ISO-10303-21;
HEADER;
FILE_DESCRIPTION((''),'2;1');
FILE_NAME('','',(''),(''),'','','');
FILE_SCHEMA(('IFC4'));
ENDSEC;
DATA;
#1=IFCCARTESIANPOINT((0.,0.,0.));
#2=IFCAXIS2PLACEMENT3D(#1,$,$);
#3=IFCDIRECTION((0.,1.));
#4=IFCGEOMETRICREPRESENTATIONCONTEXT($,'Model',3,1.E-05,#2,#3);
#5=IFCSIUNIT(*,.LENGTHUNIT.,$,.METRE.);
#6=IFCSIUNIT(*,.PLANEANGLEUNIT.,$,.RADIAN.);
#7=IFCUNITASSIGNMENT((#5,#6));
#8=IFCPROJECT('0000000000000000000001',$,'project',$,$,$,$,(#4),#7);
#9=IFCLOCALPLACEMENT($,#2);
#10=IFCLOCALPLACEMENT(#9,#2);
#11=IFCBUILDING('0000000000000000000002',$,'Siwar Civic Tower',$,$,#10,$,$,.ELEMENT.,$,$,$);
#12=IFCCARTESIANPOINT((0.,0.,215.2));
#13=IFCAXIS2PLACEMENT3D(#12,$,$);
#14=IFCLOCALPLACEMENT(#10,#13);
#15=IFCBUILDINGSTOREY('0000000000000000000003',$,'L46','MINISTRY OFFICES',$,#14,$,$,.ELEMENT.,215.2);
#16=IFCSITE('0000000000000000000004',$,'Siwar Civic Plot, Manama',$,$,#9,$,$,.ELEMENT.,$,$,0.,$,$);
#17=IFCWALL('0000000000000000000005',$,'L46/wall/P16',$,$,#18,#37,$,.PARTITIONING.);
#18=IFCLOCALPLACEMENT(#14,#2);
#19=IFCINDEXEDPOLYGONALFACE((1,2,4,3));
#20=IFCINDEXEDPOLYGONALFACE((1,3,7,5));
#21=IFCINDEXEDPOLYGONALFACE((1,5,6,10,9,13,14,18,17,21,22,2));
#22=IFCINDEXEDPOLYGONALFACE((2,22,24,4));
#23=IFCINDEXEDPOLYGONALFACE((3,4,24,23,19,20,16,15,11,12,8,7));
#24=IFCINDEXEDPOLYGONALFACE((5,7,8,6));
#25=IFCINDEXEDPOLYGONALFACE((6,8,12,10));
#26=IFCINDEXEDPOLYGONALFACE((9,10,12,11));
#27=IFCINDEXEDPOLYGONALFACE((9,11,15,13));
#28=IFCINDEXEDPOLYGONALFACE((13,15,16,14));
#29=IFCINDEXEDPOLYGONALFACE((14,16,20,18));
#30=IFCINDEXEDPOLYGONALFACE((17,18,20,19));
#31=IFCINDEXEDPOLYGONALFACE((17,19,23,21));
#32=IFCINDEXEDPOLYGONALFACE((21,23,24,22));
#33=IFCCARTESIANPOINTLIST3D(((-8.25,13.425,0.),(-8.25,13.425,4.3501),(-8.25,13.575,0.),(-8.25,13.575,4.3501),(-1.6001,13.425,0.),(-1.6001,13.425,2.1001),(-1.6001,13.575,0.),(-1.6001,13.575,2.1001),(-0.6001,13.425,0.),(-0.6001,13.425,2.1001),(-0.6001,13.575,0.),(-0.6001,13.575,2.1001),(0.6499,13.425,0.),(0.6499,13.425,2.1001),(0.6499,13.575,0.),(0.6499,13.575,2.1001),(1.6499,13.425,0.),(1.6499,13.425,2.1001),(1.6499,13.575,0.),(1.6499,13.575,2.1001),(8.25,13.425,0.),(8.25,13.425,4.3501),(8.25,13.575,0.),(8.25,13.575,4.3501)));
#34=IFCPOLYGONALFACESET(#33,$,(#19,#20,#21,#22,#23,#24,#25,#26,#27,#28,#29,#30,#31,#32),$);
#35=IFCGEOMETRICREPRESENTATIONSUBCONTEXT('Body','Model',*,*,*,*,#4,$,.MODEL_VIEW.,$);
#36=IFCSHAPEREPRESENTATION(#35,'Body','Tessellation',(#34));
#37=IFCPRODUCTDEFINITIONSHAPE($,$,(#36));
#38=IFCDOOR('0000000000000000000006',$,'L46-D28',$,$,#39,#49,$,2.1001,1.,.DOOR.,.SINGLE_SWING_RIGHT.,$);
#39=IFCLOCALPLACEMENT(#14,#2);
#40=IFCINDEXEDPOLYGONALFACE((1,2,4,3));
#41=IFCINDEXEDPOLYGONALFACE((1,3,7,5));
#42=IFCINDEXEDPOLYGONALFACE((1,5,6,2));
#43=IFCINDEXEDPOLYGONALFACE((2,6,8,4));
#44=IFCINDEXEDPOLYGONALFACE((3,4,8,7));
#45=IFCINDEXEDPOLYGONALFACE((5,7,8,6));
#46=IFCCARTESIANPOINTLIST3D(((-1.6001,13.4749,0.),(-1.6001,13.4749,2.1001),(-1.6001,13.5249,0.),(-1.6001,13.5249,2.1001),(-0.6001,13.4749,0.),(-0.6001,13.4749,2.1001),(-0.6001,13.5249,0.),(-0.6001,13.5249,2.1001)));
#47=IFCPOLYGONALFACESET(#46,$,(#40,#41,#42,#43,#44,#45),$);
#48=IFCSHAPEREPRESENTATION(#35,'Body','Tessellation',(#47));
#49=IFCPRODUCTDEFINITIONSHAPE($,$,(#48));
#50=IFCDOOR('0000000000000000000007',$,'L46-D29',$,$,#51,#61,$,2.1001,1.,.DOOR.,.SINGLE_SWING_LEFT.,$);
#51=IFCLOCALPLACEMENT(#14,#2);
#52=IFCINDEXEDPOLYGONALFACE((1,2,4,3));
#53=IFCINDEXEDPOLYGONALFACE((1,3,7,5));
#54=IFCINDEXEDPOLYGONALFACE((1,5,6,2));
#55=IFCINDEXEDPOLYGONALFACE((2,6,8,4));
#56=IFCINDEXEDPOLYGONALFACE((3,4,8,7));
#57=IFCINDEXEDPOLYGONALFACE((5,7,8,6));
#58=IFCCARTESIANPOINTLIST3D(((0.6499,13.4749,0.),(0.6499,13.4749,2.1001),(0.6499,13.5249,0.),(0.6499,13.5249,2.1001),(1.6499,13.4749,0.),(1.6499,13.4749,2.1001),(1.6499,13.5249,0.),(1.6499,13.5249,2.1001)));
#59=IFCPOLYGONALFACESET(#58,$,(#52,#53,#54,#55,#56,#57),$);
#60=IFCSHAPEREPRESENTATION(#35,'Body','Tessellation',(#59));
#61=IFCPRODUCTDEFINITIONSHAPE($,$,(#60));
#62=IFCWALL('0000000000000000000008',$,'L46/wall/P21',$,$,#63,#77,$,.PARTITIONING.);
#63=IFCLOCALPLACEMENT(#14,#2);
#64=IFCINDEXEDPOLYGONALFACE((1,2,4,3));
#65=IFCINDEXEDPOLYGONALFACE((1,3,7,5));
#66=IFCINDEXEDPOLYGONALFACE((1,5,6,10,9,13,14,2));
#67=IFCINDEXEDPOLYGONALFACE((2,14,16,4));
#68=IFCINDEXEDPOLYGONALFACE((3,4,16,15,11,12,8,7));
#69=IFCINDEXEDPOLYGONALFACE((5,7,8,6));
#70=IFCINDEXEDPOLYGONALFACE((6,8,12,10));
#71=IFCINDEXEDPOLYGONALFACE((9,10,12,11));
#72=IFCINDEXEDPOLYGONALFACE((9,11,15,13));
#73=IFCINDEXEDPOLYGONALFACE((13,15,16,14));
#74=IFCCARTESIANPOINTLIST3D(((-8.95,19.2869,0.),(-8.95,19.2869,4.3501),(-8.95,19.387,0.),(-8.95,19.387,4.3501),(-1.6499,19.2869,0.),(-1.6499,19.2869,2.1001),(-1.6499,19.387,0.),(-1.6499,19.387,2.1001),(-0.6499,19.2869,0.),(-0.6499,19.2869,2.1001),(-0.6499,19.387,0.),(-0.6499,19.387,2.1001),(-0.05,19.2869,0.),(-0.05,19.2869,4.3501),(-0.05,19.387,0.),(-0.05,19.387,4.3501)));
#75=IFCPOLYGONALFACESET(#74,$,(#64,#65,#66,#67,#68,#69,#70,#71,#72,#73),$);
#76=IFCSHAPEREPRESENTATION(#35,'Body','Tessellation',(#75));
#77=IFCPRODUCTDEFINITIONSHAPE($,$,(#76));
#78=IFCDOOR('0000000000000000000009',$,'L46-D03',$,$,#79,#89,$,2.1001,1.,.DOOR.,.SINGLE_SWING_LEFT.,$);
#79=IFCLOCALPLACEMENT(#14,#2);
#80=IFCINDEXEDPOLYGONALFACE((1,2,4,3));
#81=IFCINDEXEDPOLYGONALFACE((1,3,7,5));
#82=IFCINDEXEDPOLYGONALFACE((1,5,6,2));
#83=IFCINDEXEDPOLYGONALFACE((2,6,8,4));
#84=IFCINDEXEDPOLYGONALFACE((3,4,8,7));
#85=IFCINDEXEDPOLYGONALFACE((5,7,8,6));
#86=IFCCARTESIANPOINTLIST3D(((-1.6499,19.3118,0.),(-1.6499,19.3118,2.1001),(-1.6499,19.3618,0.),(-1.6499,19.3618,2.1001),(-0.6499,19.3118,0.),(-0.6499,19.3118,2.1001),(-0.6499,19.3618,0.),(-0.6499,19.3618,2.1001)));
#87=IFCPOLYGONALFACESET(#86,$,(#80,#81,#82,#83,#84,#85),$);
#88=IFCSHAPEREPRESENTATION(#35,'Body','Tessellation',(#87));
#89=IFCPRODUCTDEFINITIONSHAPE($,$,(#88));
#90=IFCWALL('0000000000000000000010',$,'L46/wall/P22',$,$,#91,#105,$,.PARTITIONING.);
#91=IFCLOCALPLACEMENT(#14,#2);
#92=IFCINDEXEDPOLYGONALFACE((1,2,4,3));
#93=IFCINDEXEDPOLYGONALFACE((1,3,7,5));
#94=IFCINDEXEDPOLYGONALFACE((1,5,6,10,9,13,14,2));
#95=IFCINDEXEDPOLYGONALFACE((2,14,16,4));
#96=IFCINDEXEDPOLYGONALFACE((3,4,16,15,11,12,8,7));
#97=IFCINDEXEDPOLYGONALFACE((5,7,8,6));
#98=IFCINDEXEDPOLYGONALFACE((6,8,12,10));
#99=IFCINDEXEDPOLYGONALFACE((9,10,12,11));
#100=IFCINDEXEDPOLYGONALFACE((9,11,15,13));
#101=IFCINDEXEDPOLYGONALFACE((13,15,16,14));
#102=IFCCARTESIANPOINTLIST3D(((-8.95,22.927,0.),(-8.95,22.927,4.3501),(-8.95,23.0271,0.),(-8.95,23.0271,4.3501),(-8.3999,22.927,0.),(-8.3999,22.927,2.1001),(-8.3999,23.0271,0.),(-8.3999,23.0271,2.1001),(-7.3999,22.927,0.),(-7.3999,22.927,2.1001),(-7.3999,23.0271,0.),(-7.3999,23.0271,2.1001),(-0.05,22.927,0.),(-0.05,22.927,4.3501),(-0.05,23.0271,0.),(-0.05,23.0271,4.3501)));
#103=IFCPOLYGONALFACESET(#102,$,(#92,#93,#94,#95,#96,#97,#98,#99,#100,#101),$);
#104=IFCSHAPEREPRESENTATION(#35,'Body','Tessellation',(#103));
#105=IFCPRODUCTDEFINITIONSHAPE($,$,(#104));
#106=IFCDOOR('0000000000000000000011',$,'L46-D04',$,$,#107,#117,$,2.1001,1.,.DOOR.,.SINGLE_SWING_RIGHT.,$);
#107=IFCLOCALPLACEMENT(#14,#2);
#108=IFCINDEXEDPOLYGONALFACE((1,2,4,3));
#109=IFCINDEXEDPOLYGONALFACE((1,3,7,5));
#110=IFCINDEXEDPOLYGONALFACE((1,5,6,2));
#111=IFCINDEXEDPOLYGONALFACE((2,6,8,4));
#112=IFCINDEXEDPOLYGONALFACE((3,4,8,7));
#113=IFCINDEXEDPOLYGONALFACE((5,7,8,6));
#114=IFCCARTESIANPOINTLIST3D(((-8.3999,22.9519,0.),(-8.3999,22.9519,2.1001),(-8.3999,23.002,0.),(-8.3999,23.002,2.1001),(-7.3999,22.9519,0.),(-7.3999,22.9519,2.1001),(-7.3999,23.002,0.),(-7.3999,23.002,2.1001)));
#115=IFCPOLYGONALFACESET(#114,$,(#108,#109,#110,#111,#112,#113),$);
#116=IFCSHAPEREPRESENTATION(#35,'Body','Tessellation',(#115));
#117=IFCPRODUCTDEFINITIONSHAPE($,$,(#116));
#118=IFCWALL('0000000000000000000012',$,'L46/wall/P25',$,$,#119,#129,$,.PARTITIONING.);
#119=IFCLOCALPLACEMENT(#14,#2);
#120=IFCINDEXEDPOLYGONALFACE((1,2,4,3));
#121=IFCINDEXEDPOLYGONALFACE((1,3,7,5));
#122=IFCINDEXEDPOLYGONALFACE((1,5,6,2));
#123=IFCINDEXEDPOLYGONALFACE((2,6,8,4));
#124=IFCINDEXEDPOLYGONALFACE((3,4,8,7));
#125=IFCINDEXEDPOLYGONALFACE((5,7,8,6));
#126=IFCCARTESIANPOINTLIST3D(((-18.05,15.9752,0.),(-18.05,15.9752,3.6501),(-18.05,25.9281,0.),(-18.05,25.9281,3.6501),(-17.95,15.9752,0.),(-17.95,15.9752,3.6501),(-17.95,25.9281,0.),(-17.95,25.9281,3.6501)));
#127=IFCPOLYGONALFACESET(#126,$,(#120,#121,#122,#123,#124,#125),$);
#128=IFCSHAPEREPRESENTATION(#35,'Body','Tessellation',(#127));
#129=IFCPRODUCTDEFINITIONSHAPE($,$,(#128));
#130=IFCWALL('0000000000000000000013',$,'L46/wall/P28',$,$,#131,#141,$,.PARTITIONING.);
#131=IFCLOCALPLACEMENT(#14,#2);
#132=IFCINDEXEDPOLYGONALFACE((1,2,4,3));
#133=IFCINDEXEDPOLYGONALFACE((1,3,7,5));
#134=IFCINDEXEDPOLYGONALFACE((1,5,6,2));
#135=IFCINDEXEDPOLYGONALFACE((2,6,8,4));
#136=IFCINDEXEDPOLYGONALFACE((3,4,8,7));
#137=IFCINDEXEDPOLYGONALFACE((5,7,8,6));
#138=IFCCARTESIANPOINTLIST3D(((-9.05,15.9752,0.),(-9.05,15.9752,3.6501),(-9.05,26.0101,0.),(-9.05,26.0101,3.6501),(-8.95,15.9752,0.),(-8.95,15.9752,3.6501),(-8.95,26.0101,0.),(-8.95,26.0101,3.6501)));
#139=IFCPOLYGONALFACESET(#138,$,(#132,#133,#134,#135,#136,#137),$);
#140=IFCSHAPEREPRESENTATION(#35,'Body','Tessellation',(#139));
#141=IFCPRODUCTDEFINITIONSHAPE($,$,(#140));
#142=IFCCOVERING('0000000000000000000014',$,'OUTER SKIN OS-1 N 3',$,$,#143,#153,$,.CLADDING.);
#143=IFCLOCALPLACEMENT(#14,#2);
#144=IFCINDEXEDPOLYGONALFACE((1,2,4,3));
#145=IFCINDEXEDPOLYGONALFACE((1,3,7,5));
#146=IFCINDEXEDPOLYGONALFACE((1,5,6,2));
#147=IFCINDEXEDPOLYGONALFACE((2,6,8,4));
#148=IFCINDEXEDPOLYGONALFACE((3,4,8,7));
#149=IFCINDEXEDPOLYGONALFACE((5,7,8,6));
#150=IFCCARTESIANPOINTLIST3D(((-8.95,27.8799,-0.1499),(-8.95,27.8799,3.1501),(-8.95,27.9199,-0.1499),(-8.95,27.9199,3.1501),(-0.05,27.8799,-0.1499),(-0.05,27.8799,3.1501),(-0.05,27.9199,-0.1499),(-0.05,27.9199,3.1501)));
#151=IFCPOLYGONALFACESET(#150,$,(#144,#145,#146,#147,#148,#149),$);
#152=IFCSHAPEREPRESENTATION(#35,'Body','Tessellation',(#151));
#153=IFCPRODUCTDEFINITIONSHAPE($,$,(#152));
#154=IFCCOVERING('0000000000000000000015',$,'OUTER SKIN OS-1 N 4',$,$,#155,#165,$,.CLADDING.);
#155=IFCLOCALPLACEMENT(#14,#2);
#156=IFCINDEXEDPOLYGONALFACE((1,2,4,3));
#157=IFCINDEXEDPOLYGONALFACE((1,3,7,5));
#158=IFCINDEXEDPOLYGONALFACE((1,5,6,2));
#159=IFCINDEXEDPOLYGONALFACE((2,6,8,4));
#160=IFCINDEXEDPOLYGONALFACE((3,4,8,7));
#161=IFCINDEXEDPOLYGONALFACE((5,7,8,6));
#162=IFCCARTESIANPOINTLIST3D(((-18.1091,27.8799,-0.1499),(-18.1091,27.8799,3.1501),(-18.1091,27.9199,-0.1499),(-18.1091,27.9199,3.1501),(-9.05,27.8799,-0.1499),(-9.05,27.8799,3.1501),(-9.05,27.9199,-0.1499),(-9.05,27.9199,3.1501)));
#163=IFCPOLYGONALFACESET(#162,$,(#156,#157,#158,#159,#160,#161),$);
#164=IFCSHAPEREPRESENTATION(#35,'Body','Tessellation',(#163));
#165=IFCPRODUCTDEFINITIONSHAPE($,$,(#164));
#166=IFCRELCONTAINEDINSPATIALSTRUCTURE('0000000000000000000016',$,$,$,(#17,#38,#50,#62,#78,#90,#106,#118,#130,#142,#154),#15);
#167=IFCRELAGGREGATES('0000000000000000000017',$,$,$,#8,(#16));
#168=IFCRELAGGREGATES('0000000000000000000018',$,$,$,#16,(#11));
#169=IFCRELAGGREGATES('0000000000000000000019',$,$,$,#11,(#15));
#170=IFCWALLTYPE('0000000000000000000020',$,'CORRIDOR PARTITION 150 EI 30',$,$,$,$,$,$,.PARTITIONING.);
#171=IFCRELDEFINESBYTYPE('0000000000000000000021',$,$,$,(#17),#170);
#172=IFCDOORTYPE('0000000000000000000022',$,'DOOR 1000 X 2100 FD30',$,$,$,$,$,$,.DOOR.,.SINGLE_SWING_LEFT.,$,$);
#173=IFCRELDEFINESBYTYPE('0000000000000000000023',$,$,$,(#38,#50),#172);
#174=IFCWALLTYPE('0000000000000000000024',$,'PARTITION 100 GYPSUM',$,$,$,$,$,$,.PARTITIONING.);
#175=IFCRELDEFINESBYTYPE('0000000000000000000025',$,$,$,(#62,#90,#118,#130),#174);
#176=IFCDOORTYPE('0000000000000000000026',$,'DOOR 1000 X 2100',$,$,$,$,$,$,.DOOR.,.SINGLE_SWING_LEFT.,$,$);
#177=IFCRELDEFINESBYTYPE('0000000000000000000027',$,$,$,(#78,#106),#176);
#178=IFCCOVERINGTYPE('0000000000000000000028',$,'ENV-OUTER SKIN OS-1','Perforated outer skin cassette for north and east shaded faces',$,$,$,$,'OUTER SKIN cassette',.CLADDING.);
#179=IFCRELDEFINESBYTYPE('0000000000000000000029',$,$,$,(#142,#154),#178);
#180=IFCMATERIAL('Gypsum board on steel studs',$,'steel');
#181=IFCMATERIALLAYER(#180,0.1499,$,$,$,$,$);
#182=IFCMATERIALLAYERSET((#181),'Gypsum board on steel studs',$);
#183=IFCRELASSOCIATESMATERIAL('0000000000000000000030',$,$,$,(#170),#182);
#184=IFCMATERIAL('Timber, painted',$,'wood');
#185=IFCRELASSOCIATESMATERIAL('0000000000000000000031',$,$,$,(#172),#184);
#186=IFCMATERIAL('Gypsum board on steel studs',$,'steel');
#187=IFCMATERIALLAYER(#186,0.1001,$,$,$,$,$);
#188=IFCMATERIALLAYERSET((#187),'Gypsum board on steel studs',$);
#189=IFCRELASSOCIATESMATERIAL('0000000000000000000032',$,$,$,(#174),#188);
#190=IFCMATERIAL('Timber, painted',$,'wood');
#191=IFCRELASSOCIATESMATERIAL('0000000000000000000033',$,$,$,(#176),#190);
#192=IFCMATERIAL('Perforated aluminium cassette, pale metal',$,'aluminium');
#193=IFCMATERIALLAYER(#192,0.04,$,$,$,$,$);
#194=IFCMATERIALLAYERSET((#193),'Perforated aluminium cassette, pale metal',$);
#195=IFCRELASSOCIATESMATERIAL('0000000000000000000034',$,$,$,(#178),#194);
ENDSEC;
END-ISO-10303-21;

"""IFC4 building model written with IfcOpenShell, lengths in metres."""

from ifc_helpers import new_model, si_unit, direction, frame, frame_2d, origin, origin_2d, place, context, subcontext, project, spatial, rectangle, extrude, material, layer, layer_set, type_object, element, fill, save


model = new_model("IFC4")

# Units and contexts
model_context = context("Model", 3, precision=1e-05, world=origin(), true_north=direction((0.0, 1.0)))
body_context = subcontext(model_context, "Body", "Model", "MODEL_VIEW")
ifc_project = project(units=[si_unit("LENGTHUNIT", "METRE"), si_unit("PLANEANGLEUNIT", "RADIAN")], contexts=[model_context])

# Site, building, storey
site_placement = place(None, origin())
site = spatial("IfcSite", under=ifc_project, at=site_placement, Name="Siwar Civic Plot, Manama", CompositionType="ELEMENT", RefElevation=0.0)
building_placement = place(site_placement, origin())
building = spatial("IfcBuilding", under=site, at=building_placement, Name="Siwar Civic Tower", CompositionType="ELEMENT")
storey_placement = place(building_placement, frame((0.0, 0.0, 215.2)))
storey = spatial("IfcBuildingStorey", under=building, at=storey_placement, Name="L46", Description="MINISTRY OFFICES", CompositionType="ELEMENT", Elevation=215.2)

# Wall, openings, doors
ifc_material_1 = material(Name="Gypsum board on steel studs", Category="steel")
ifc_layer_1 = layer(ifc_material_1, 0.1499)
ifc_layer_set_1 = layer_set([ifc_layer_1], Name="Gypsum board on steel studs")
wall_type_1 = type_object("IfcWallType", Name="CORRIDOR PARTITION 150 EI 30", PredefinedType="PARTITIONING", material=ifc_layer_set_1)
wall_1_placement = place(storey_placement, frame((-8.25, 13.5, 0.0), z_axis=(0.0, 0.0, 1.0), x_axis=(1.0, 0.0, 0.0)))
wall_1 = element("IfcWall", 1, at=wall_1_placement, inside=storey, type_object=wall_type_1, Name="L46/wall/P16", PredefinedType="PARTITIONING", context=body_context, shape_type="SweptSolid", body=[
    extrude(rectangle(XDim=16.5, YDim=0.1499, at=frame_2d((8.25, 0.0))), origin(), (0.0, 0.0, 1.0), 4.3501),
])
opening_1_placement = place(wall_1_placement, frame((6.6499, 0.0, 0.0)))
opening_1 = element("IfcOpeningElement", 2, at=opening_1_placement, cuts=wall_1, PredefinedType="OPENING", context=body_context, shape_type="SweptSolid", body=[
    extrude(rectangle(XDim=1.0, YDim=2.1001, at=frame_2d((0.5, 1.05))), frame((0.0, 0.085, 0.0), z_axis=(0.0, -1.0, 0.0), x_axis=(1.0, 0.0, 0.0)), (0.0, 0.0, 1.0), 0.1699),
])
opening_2_placement = place(wall_1_placement, frame((8.8999, 0.0, 0.0)))
opening_2 = element("IfcOpeningElement", 3, at=opening_2_placement, cuts=wall_1, PredefinedType="OPENING", context=body_context, shape_type="SweptSolid", body=[
    extrude(rectangle(XDim=1.0, YDim=2.1001, at=frame_2d((0.5, 1.05))), frame((0.0, 0.085, 0.0), z_axis=(0.0, -1.0, 0.0), x_axis=(1.0, 0.0, 0.0)), (0.0, 0.0, 1.0), 0.1699),
])
ifc_material_2 = material(Name="Timber, painted", Category="wood")
door_type_1 = type_object("IfcDoorType", Name="DOOR 1000 X 2100 FD30", OperationType="SINGLE_SWING_LEFT", PredefinedType="DOOR", material=ifc_material_2)
door_1_placement = place(opening_1_placement, origin())
door_1 = element("IfcDoor", 4, at=door_1_placement, inside=storey, type_object=door_type_1, Name="L46-D28", OperationType="SINGLE_SWING_RIGHT", OverallHeight=2.1001, OverallWidth=1.0, PredefinedType="DOOR", context=body_context, shape_type="SweptSolid", body=[
    extrude(rectangle(XDim=1.0, YDim=2.1001, at=frame_2d((0.5, 1.05))), frame((0.0, 0.0249, 0.0), z_axis=(0.0, -1.0, 0.0), x_axis=(1.0, 0.0, 0.0)), (0.0, 0.0, 1.0), 0.05),
])
fill(opening_1, door_1)
door_2_placement = place(opening_2_placement, origin())
door_2 = element("IfcDoor", 5, at=door_2_placement, inside=storey, type_object=door_type_1, Name="L46-D29", OperationType="SINGLE_SWING_LEFT", OverallHeight=2.1001, OverallWidth=1.0, PredefinedType="DOOR", context=body_context, shape_type="SweptSolid", body=[
    extrude(rectangle(XDim=1.0, YDim=2.1001, at=frame_2d((0.5, 1.05))), frame((0.0, 0.0249, 0.0), z_axis=(0.0, -1.0, 0.0), x_axis=(1.0, 0.0, 0.0)), (0.0, 0.0, 1.0), 0.05),
])
fill(opening_2, door_2)

# Walls, openings, doors
ifc_material_3 = material(Name="Gypsum board on steel studs", Category="steel")
ifc_layer_2 = layer(ifc_material_3, 0.1001)
ifc_layer_set_2 = layer_set([ifc_layer_2], Name="Gypsum board on steel studs")
wall_type_2 = type_object("IfcWallType", Name="PARTITION 100 GYPSUM", PredefinedType="PARTITIONING", material=ifc_layer_set_2)
wall_2_placement = place(storey_placement, frame((-8.95, 19.3369, 0.0), z_axis=(0.0, 0.0, 1.0), x_axis=(1.0, 0.0, 0.0)))
wall_2 = element("IfcWall", 6, at=wall_2_placement, inside=storey, type_object=wall_type_2, Name="L46/wall/P21", PredefinedType="PARTITIONING", context=body_context, shape_type="SweptSolid", body=[
    extrude(rectangle(XDim=8.8999, YDim=0.1001, at=frame_2d((4.45, 0.0))), origin(), (0.0, 0.0, 1.0), 4.3501),
])
opening_3_placement = place(wall_2_placement, frame((7.3, 0.0, 0.0)))
opening_3 = element("IfcOpeningElement", 7, at=opening_3_placement, cuts=wall_2, PredefinedType="OPENING", context=body_context, shape_type="SweptSolid", body=[
    extrude(rectangle(XDim=1.0, YDim=2.1001, at=frame_2d((0.5, 1.05))), frame((0.0, 0.0601, 0.0), z_axis=(0.0, -1.0, 0.0), x_axis=(1.0, 0.0, 0.0)), (0.0, 0.0, 1.0), 0.1201),
])
ifc_material_4 = material(Name="Timber, painted", Category="wood")
door_type_2 = type_object("IfcDoorType", Name="DOOR 1000 X 2100", OperationType="SINGLE_SWING_LEFT", PredefinedType="DOOR", material=ifc_material_4)
door_3_placement = place(opening_3_placement, origin())
door_3 = element("IfcDoor", 8, at=door_3_placement, inside=storey, type_object=door_type_2, Name="L46-D03", OperationType="SINGLE_SWING_LEFT", OverallHeight=2.1001, OverallWidth=1.0, PredefinedType="DOOR", context=body_context, shape_type="SweptSolid", body=[
    extrude(rectangle(XDim=1.0, YDim=2.1001, at=frame_2d((0.5, 1.05))), frame((0.0, 0.0249, 0.0), z_axis=(0.0, -1.0, 0.0), x_axis=(1.0, 0.0, 0.0)), (0.0, 0.0, 1.0), 0.05),
])
fill(opening_3, door_3)
wall_3_placement = place(storey_placement, frame((-8.95, 22.9771, 0.0), z_axis=(0.0, 0.0, 1.0), x_axis=(1.0, 0.0, 0.0)))
wall_3 = element("IfcWall", 9, at=wall_3_placement, inside=storey, type_object=wall_type_2, Name="L46/wall/P22", PredefinedType="PARTITIONING", context=body_context, shape_type="SweptSolid", body=[
    extrude(rectangle(XDim=8.8999, YDim=0.1001, at=frame_2d((4.45, 0.0))), origin(), (0.0, 0.0, 1.0), 4.3501),
])
opening_4_placement = place(wall_3_placement, frame((0.55, 0.0, 0.0)))
opening_4 = element("IfcOpeningElement", 10, at=opening_4_placement, cuts=wall_3, PredefinedType="OPENING", context=body_context, shape_type="SweptSolid", body=[
    extrude(rectangle(XDim=1.0, YDim=2.1001, at=frame_2d((0.5, 1.05))), frame((0.0, 0.0601, 0.0), z_axis=(0.0, -1.0, 0.0), x_axis=(1.0, 0.0, 0.0)), (0.0, 0.0, 1.0), 0.1201),
])
door_4_placement = place(opening_4_placement, origin())
door_4 = element("IfcDoor", 11, at=door_4_placement, inside=storey, type_object=door_type_2, Name="L46-D04", OperationType="SINGLE_SWING_RIGHT", OverallHeight=2.1001, OverallWidth=1.0, PredefinedType="DOOR", context=body_context, shape_type="SweptSolid", body=[
    extrude(rectangle(XDim=1.0, YDim=2.1001, at=frame_2d((0.5, 1.05))), frame((0.0, 0.0249, 0.0), z_axis=(0.0, -1.0, 0.0), x_axis=(1.0, 0.0, 0.0)), (0.0, 0.0, 1.0), 0.05),
])
fill(opening_4, door_4)

# Walls
wall_4_placement = place(storey_placement, frame((-18.0, 15.9751, 0.0), z_axis=(0.0, 0.0, 1.0), x_axis=(0.0, 1.0, 0.0)))
element("IfcWall", 12, at=wall_4_placement, inside=storey, type_object=wall_type_2, Name="L46/wall/P25", PredefinedType="PARTITIONING", context=body_context, shape_type="SweptSolid", body=[
    extrude(rectangle(XDim=9.9529, YDim=0.1001, at=frame_2d((4.9766, 0.0))), origin(), (0.0, 0.0, 1.0), 3.6501),
])
wall_5_placement = place(storey_placement, frame((-9.0, 15.9751, 0.0), z_axis=(0.0, 0.0, 1.0), x_axis=(0.0, 1.0, 0.0)))
element("IfcWall", 13, at=wall_5_placement, inside=storey, type_object=wall_type_2, Name="L46/wall/P28", PredefinedType="PARTITIONING", context=body_context, shape_type="SweptSolid", body=[
    extrude(rectangle(XDim=10.0349, YDim=0.1001, at=frame_2d((5.0176, 0.0))), origin(), (0.0, 0.0, 1.0), 3.6501),
])

# Coverings
ifc_material_5 = material(Name="Perforated aluminium cassette, pale metal", Category="aluminium")
ifc_layer_3 = layer(ifc_material_5, 0.04)
ifc_layer_set_3 = layer_set([ifc_layer_3], Name="Perforated aluminium cassette, pale metal")
covering_type = type_object("IfcCoveringType", Name="ENV-OUTER SKIN OS-1", Description="Perforated outer skin cassette for north and east shaded faces", ElementType="OUTER SKIN cassette", PredefinedType="CLADDING", material=ifc_layer_set_3)
covering_1_placement = place(storey_placement, frame((-4.5, 27.8999, -0.1499), z_axis=(0.0, 0.0, 1.0), x_axis=(-1.0, 0.0, 0.0)))
element("IfcCovering", 14, at=covering_1_placement, inside=storey, type_object=covering_type, Name="OUTER SKIN OS-1 N 3", PredefinedType="CLADDING", context=body_context, shape_type="SweptSolid", body=[
    extrude(rectangle(XDim=8.8999, YDim=0.04, at=origin_2d()), origin(), (0.0, 0.0, 1.0), 3.3),
])
covering_2_placement = place(storey_placement, frame((-13.5796, 27.8999, -0.1499), z_axis=(0.0, 0.0, 1.0), x_axis=(-1.0, 0.0, 0.0)))
element("IfcCovering", 15, at=covering_2_placement, inside=storey, type_object=covering_type, Name="OUTER SKIN OS-1 N 4", PredefinedType="CLADDING", context=body_context, shape_type="SweptSolid", body=[
    extrude(rectangle(XDim=9.0591, YDim=0.04, at=origin_2d()), origin(), (0.0, 0.0, 1.0), 3.3),
])

save(model, "model.ifc")
